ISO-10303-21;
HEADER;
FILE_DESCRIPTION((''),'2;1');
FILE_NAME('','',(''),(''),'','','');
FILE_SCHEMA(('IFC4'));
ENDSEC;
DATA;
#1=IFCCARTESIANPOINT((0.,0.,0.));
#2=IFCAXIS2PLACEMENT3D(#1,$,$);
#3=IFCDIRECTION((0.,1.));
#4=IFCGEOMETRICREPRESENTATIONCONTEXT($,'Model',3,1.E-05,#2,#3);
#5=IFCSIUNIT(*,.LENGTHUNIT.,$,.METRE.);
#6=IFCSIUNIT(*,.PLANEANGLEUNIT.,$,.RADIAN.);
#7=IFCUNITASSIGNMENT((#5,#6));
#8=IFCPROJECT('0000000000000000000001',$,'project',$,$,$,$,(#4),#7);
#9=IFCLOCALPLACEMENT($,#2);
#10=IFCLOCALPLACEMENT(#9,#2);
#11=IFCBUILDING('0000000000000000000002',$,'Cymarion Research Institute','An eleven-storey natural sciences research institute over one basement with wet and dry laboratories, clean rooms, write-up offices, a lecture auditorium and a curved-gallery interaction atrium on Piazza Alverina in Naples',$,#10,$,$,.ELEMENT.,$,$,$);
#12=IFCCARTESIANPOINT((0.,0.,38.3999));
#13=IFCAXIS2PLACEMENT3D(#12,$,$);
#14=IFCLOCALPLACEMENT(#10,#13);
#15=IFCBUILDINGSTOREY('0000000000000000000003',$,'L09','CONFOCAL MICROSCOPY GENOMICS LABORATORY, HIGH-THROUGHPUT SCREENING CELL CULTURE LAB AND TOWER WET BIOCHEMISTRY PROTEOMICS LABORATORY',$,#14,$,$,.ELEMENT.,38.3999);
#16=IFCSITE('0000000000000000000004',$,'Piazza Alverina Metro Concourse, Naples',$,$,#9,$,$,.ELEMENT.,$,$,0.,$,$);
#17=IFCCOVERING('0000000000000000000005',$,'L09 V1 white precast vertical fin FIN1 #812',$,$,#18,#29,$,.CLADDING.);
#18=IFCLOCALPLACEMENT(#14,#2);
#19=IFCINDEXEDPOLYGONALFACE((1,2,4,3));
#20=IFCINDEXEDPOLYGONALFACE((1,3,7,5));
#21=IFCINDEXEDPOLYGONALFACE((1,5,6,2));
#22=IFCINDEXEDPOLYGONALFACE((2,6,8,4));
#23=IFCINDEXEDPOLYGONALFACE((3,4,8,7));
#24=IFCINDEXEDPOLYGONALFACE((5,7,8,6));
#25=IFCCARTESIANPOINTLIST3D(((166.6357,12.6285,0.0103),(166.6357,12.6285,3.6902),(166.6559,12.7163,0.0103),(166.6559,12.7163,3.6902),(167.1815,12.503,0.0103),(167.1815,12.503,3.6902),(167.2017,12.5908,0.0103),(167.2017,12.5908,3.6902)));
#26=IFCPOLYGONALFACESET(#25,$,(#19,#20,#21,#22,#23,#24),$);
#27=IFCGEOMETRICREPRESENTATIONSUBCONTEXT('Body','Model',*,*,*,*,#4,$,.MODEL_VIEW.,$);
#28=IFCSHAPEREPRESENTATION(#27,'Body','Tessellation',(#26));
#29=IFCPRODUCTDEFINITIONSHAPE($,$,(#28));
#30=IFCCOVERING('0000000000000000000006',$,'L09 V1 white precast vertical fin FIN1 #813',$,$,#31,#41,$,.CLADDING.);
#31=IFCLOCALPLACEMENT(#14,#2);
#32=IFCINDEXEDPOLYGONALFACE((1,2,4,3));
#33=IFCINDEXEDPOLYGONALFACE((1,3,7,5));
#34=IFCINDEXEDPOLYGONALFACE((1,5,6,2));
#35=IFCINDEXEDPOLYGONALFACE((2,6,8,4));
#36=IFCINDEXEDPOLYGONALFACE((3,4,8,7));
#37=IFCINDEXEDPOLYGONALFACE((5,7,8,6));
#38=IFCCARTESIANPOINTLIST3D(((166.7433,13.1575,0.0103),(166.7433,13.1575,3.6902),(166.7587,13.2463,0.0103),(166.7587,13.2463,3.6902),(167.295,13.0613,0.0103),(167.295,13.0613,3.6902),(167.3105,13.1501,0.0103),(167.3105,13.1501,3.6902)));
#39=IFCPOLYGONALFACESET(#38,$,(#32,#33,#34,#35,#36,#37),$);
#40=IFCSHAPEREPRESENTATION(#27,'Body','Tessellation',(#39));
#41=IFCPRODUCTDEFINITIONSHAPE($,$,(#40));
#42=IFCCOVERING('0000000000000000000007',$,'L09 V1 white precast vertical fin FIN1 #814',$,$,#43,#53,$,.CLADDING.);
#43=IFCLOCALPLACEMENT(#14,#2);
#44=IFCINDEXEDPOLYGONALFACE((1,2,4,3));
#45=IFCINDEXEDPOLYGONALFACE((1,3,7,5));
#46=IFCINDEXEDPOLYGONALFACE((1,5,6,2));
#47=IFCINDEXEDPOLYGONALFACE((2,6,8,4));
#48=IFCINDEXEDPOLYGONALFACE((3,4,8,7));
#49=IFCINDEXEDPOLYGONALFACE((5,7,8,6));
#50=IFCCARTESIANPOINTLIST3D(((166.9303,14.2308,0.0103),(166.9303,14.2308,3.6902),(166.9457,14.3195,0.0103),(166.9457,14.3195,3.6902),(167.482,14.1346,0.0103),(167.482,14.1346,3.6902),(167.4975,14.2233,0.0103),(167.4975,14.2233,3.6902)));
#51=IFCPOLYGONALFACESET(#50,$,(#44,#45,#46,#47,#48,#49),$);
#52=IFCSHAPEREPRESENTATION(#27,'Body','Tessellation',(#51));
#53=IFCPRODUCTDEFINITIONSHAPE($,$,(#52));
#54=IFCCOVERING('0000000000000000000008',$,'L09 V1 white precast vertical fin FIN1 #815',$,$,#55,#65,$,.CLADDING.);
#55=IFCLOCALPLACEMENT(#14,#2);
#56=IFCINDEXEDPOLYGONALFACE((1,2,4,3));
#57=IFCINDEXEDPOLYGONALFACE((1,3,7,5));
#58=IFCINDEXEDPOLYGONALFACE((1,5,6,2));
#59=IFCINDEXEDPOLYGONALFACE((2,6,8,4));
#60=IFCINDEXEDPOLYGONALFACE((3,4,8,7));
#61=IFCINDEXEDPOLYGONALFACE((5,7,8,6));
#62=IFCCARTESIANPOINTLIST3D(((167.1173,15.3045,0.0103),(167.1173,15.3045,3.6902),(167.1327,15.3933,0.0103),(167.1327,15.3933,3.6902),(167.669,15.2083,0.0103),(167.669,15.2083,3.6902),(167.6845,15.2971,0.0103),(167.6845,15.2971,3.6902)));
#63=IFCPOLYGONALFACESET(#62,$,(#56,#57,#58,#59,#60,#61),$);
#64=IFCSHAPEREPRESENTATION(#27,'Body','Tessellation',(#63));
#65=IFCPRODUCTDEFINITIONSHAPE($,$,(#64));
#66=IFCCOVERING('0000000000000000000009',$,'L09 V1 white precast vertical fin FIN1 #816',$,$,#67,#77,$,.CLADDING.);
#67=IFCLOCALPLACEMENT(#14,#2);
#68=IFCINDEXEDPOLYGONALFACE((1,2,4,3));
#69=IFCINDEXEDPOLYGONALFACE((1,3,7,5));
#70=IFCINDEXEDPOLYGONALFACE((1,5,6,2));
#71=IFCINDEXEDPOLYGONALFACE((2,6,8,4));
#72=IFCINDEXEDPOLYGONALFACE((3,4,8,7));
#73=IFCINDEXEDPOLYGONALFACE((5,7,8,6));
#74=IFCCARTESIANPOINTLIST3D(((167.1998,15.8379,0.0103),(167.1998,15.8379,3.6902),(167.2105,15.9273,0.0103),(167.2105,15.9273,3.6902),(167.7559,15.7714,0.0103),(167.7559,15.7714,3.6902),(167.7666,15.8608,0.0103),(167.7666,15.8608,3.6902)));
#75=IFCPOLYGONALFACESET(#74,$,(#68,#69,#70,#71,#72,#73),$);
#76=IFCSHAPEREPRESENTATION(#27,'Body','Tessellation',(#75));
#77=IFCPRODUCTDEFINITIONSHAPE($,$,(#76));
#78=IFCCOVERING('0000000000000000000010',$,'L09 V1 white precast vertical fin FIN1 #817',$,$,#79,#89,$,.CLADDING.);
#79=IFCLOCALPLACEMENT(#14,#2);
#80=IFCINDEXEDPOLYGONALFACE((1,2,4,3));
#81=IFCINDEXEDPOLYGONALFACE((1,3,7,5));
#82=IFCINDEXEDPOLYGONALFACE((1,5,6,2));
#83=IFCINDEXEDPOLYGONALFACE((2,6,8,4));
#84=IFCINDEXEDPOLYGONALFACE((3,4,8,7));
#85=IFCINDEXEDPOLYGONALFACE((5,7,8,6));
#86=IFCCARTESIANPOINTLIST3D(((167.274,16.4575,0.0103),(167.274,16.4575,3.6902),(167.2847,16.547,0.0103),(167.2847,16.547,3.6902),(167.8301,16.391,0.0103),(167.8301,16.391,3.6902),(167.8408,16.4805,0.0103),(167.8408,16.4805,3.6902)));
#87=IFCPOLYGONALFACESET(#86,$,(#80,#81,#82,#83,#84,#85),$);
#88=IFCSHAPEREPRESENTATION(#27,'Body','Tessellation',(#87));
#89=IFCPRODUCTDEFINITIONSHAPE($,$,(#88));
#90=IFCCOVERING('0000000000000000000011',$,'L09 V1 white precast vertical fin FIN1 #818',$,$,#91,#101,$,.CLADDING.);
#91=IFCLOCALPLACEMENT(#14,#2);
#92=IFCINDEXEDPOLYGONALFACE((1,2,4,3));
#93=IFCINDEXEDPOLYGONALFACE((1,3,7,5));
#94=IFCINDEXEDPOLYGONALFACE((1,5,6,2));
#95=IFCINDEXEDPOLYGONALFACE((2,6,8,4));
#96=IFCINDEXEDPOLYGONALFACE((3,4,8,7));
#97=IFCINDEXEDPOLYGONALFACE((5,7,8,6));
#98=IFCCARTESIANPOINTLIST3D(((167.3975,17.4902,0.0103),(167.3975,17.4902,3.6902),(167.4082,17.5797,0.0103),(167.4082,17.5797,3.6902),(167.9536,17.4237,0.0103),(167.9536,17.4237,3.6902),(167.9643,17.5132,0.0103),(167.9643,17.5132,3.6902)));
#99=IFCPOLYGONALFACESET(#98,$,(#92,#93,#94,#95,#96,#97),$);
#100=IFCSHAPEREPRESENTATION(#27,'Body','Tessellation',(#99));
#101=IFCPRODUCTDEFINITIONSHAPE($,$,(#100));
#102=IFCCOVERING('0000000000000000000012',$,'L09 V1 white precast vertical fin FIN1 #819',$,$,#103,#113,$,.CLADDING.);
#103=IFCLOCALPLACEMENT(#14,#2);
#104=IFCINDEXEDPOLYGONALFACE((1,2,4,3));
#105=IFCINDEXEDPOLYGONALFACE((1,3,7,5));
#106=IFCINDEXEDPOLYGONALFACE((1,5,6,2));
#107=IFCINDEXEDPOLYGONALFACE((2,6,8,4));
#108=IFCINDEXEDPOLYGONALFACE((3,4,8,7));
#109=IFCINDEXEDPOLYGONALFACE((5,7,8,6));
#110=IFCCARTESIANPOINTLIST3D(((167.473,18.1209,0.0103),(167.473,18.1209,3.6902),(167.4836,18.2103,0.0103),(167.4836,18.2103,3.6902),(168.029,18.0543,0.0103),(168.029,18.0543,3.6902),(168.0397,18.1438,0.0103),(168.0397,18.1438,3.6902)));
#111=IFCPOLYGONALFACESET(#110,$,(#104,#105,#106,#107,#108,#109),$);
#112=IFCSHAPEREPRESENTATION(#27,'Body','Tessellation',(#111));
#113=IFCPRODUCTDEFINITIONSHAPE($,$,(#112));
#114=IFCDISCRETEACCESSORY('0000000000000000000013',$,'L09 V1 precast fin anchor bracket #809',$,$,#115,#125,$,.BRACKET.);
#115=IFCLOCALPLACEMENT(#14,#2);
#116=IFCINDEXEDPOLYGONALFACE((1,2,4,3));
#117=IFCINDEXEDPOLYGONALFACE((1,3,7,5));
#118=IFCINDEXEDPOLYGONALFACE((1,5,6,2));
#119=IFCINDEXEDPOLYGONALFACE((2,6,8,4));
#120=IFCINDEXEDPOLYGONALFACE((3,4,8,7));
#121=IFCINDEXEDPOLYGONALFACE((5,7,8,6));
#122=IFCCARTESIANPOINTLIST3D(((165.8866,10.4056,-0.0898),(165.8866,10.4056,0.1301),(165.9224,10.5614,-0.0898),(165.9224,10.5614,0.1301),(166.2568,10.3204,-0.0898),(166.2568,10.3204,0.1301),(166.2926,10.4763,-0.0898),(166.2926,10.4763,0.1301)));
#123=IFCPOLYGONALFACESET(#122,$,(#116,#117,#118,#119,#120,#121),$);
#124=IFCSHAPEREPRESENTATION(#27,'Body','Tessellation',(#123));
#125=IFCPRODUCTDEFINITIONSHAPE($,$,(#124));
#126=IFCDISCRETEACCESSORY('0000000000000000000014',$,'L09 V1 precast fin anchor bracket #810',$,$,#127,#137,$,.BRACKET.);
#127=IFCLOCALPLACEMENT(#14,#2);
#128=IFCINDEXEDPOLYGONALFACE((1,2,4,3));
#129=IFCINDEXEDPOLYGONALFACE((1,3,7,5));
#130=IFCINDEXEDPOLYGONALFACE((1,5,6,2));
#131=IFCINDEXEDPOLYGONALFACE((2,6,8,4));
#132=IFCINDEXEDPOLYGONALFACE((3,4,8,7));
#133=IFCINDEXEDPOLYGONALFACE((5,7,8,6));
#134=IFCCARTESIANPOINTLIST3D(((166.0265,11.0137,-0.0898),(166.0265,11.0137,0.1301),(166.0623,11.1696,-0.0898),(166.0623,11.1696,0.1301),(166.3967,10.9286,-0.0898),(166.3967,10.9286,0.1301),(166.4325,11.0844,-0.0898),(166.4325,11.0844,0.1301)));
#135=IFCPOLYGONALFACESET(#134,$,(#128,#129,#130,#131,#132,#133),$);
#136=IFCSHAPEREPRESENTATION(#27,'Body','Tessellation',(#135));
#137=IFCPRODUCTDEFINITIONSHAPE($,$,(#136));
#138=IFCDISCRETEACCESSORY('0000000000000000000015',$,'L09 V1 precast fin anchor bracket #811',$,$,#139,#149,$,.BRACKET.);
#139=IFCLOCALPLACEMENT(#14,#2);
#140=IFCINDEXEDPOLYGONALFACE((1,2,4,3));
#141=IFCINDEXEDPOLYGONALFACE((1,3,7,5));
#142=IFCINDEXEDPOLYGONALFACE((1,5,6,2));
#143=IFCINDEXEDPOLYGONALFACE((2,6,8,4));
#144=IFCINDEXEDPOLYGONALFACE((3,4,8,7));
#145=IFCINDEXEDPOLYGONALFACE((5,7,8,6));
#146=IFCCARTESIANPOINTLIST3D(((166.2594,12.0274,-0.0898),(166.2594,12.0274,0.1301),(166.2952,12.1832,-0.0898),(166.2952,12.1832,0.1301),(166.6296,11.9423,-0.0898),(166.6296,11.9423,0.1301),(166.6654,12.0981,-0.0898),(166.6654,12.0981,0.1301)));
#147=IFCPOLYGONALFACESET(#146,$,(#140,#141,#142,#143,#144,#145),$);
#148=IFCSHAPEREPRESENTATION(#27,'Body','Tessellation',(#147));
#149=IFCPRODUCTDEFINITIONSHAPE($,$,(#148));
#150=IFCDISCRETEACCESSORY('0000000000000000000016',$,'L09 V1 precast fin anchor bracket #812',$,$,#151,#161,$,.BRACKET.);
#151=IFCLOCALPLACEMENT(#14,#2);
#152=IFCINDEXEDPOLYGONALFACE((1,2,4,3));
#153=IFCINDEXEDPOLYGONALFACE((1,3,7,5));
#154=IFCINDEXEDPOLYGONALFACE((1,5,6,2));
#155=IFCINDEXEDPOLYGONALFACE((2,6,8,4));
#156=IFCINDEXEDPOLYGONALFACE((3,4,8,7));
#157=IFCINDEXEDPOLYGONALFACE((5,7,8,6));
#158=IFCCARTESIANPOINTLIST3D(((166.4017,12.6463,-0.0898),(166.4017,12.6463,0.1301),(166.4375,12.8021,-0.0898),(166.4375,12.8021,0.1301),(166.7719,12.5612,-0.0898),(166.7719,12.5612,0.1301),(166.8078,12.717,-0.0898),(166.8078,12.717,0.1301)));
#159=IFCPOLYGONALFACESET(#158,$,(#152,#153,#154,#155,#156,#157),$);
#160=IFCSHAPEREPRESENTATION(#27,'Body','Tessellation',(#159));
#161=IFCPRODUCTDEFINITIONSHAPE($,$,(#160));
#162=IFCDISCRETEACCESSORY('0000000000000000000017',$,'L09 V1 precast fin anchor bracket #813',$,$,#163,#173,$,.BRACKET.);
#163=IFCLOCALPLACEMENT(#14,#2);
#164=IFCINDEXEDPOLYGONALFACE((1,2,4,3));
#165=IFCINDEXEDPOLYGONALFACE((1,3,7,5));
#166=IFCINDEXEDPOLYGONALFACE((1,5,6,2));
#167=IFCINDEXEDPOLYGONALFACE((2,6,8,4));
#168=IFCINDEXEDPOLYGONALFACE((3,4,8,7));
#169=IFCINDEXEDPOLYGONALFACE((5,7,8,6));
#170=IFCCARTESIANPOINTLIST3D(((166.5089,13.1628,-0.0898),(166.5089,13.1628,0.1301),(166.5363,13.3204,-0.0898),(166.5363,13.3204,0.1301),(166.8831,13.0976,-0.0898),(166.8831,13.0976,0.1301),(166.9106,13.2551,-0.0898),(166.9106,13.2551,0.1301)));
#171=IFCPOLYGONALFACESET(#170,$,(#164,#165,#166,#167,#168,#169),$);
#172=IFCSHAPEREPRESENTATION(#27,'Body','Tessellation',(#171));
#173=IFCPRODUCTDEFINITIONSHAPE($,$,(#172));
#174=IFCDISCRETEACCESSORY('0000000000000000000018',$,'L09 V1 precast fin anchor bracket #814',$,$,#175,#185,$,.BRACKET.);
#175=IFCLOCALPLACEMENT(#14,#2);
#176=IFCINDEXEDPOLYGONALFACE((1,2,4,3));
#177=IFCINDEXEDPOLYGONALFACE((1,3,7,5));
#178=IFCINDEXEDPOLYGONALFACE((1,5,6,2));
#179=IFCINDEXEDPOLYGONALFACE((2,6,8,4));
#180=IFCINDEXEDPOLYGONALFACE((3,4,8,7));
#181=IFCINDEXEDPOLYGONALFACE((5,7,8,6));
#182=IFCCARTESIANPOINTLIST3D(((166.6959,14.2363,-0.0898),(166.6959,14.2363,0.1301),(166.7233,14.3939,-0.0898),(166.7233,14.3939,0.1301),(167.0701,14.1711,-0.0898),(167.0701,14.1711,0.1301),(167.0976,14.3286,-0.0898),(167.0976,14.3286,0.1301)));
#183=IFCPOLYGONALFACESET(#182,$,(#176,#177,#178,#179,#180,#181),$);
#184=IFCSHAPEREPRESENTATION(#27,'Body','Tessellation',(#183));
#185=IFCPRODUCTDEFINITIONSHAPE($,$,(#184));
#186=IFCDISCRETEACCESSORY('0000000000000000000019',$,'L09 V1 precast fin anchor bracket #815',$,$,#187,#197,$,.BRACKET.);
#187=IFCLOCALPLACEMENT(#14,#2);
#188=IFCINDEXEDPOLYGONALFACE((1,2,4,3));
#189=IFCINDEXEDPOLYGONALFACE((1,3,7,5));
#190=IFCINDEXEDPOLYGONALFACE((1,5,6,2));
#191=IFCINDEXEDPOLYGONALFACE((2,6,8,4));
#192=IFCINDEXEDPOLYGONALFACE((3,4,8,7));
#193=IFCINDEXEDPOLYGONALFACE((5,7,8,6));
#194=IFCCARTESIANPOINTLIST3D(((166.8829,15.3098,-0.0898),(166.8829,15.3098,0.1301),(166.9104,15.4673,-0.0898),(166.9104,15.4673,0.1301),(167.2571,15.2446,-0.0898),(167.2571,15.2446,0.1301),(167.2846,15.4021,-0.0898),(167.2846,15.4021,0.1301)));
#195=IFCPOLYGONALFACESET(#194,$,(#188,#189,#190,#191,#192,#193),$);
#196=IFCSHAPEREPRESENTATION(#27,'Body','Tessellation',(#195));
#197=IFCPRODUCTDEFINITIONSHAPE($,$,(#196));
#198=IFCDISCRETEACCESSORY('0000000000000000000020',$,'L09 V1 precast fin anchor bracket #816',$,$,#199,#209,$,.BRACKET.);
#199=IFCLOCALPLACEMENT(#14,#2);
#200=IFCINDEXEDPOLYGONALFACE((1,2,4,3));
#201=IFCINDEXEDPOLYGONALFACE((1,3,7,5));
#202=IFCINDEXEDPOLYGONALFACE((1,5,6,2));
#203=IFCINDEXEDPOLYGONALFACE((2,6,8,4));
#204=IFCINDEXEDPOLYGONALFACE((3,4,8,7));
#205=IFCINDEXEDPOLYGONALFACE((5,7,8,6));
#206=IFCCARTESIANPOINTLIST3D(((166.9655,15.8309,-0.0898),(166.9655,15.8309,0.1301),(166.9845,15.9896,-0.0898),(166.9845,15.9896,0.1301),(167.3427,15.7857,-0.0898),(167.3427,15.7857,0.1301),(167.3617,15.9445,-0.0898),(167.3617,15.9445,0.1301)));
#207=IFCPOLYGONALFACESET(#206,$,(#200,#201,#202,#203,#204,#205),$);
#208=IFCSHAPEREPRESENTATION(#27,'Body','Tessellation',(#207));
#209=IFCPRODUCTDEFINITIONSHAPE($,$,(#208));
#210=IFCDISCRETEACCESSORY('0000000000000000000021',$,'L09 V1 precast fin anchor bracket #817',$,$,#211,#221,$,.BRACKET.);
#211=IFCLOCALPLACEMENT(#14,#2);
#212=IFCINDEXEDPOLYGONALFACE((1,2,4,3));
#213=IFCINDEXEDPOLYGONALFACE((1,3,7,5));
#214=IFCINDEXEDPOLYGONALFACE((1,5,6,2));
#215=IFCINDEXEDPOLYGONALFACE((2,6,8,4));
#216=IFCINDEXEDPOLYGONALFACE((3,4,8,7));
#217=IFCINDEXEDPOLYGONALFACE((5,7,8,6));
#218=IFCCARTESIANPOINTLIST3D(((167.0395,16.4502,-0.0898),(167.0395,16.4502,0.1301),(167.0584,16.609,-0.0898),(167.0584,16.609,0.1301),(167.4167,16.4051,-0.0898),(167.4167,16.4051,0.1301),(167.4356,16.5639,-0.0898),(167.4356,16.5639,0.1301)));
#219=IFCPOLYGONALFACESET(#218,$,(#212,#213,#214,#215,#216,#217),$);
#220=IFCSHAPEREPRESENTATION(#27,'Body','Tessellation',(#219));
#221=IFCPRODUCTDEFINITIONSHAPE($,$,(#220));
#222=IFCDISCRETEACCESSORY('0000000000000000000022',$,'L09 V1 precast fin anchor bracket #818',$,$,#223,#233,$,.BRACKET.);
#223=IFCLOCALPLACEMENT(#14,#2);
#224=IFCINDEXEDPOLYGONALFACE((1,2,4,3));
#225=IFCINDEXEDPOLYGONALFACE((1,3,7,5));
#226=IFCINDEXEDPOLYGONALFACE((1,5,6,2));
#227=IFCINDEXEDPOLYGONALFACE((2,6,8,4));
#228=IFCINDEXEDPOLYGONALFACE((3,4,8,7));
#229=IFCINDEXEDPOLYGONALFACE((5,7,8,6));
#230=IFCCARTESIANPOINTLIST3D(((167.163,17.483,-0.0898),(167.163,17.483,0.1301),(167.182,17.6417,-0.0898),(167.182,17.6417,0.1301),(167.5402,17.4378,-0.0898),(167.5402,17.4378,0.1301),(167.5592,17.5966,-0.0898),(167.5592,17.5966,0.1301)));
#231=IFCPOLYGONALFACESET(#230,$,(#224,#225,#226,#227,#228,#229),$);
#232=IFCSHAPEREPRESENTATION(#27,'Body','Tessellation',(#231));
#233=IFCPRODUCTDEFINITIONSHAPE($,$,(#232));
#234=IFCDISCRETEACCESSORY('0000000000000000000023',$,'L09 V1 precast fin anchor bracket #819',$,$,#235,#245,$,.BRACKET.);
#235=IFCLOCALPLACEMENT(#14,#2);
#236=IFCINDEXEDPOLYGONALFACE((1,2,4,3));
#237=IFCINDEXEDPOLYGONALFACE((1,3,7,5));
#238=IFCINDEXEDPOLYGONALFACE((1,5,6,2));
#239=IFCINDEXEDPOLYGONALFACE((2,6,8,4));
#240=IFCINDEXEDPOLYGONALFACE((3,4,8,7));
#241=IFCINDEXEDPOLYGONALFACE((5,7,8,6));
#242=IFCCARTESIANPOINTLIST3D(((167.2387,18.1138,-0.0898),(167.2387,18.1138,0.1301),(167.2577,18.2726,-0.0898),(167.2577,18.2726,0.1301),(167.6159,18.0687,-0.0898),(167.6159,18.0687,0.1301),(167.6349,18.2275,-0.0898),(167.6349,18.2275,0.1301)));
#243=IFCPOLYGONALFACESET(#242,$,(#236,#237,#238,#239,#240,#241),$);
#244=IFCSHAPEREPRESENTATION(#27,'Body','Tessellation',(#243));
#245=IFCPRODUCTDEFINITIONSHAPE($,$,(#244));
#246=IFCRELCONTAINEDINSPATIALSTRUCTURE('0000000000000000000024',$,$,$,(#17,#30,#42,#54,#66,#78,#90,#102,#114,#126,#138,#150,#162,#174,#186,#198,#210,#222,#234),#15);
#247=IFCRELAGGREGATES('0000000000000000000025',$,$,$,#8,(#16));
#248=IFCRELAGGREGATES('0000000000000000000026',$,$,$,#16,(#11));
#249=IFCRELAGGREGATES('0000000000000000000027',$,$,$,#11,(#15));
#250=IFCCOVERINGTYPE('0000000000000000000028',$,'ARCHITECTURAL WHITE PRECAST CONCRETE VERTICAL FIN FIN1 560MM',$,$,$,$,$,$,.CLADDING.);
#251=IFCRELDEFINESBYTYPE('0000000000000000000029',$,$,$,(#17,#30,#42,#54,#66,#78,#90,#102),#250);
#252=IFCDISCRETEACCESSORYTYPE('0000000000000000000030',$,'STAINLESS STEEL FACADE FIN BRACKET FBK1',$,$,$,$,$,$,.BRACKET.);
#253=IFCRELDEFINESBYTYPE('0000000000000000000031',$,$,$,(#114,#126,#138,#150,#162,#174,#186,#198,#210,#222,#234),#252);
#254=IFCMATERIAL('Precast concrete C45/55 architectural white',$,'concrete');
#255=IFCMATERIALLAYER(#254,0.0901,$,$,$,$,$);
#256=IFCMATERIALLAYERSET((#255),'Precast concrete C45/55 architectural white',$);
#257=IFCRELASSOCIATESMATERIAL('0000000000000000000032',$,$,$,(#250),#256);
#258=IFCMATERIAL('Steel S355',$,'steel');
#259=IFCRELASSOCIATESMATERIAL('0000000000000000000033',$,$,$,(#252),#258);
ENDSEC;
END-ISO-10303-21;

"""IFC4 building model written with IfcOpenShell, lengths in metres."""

from ifc_helpers import new_model, si_unit, direction, frame, origin, origin_2d, place, context, subcontext, project, spatial, rectangle, extrude, material, layer, layer_set, type_object, element, save


model = new_model("IFC4")

# Units and contexts
model_context = context("Model", 3, precision=1e-05, world=origin(), true_north=direction((0.0, 1.0)))
body_context = subcontext(model_context, "Body", "Model", "MODEL_VIEW")
ifc_project = project(units=[si_unit("LENGTHUNIT", "METRE"), si_unit("PLANEANGLEUNIT", "RADIAN")], contexts=[model_context])

# Site, building, storey
site_placement = place(None, origin())
site = spatial("IfcSite", under=ifc_project, at=site_placement, Name="Piazza Alverina Metro Concourse, Naples", CompositionType="ELEMENT", RefElevation=0.0)
building_placement = place(site_placement, origin())
building = spatial("IfcBuilding", under=site, at=building_placement, Name="Cymarion Research Institute", Description="An eleven-storey natural sciences research institute over one basement with wet and dry laboratories, clean rooms, write-up offices, a lecture auditorium and a curved-gallery interaction atrium on Piazza Alverina in Naples", CompositionType="ELEMENT")
storey_placement = place(building_placement, frame((0.0, 0.0, 38.3999)))
storey = spatial("IfcBuildingStorey", under=building, at=storey_placement, Name="L09", Description="CONFOCAL MICROSCOPY GENOMICS LABORATORY, HIGH-THROUGHPUT SCREENING CELL CULTURE LAB AND TOWER WET BIOCHEMISTRY PROTEOMICS LABORATORY", CompositionType="ELEMENT", Elevation=38.3999)

# Shared definitions
ifc_material_1 = material(Name="Steel S355", Category="steel")

# Coverings
ifc_material_2 = material(Name="Precast concrete C45/55 architectural white", Category="concrete")
ifc_layer_1 = layer(ifc_material_2, 0.0901)
ifc_layer_set_1 = layer_set([ifc_layer_1], Name="Precast concrete C45/55 architectural white")
covering_type = type_object("IfcCoveringType", Name="ARCHITECTURAL WHITE PRECAST CONCRETE VERTICAL FIN FIN1 560MM", PredefinedType="CLADDING", material=ifc_layer_set_1)
for number, where, z_axis, x_axis, name in (
    (1, (166.9187, 12.6096, 0.0103), (0.0, 0.0, 1.0), (0.974566, -0.224101, 0.0), "L09 V1 white precast vertical fin FIN1 #812"),
    (2, (167.0269, 13.1538, 0.0103), (0.0, 0.0, 1.0), (0.985139, -0.171757, 0.0), "L09 V1 white precast vertical fin FIN1 #813"),
    (3, (167.2139, 14.2271, 0.0103), (0.0, 0.0, 1.0), (0.985139, -0.171757, 0.0), "L09 V1 white precast vertical fin FIN1 #814"),
    (4, (167.4009, 15.3008, 0.0103), (0.0, 0.0, 1.0), (0.985139, -0.171757, 0.0), "L09 V1 white precast vertical fin FIN1 #815"),
    (5, (167.4832, 15.8494, 0.0103), (0.0, 0.0, 1.0), (0.992924, -0.118751, 0.0), "L09 V1 white precast vertical fin FIN1 #816"),
    (6, (167.5574, 16.469, 0.0103), (0.0, 0.0, 1.0), (0.992924, -0.118751, 0.0), "L09 V1 white precast vertical fin FIN1 #817"),
    (7, (167.6809, 17.5017, 0.0103), (0.0, 0.0, 1.0), (0.992924, -0.118751, 0.0), "L09 V1 white precast vertical fin FIN1 #818"),
    (8, (167.7563, 18.1323, 0.0103), (0.0, 0.0, 1.0), (0.992924, -0.118751, 0.0), "L09 V1 white precast vertical fin FIN1 #819"),
):
    element("IfcCovering", number, at=place(storey_placement, frame(where, z_axis=z_axis, x_axis=x_axis)), inside=storey, type_object=covering_type, Name=name, PredefinedType="CLADDING", context=body_context, shape_type="SweptSolid", body=[
        extrude(rectangle(XDim=0.5601, YDim=0.0901, at=origin_2d()), origin(), (0.0, 0.0, 1.0), 3.6799),
    ])

# Discrete accessories
discrete_accessory_type = type_object("IfcDiscreteAccessoryType", Name="STAINLESS STEEL FACADE FIN BRACKET FBK1", PredefinedType="BRACKET", material=ifc_material_1)
for number, where, z_axis, x_axis, name in (
    (9, (166.0896, 10.4409, -0.0898), (0.0, 0.0, 1.0), (0.974566, -0.224101, 0.0), "L09 V1 precast fin anchor bracket #809"),
    (10, (166.2295, 11.0491, -0.0898), (0.0, 0.0, 1.0), (0.974566, -0.224101, 0.0), "L09 V1 precast fin anchor bracket #810"),
    (11, (166.4624, 12.0627, -0.0898), (0.0, 0.0, 1.0), (0.974566, -0.224101, 0.0), "L09 V1 precast fin anchor bracket #811"),
    (12, (166.6047, 12.6816, -0.0898), (0.0, 0.0, 1.0), (0.974566, -0.224101, 0.0), "L09 V1 precast fin anchor bracket #812"),
    (13, (166.7097, 13.209, -0.0898), (0.0, 0.0, 1.0), (0.985139, -0.171757, 0.0), "L09 V1 precast fin anchor bracket #813"),
    (14, (166.8967, 14.2825, -0.0898), (0.0, 0.0, 1.0), (0.985139, -0.171757, 0.0), "L09 V1 precast fin anchor bracket #814"),
    (15, (167.0837, 15.356, -0.0898), (0.0, 0.0, 1.0), (0.985139, -0.171757, 0.0), "L09 V1 precast fin anchor bracket #815"),
    (16, (167.1636, 15.8877, -0.0898), (0.0, 0.0, 1.0), (0.992924, -0.118751, 0.0), "L09 V1 precast fin anchor bracket #816"),
    (17, (167.2375, 16.5071, -0.0898), (0.0, 0.0, 1.0), (0.992924, -0.118751, 0.0), "L09 V1 precast fin anchor bracket #817"),
    (18, (167.3611, 17.5398, -0.0898), (0.0, 0.0, 1.0), (0.992924, -0.118751, 0.0), "L09 V1 precast fin anchor bracket #818"),
    (19, (167.4368, 18.1707, -0.0898), (0.0, 0.0, 1.0), (0.992924, -0.118751, 0.0), "L09 V1 precast fin anchor bracket #819"),
):
    element("IfcDiscreteAccessory", number, at=place(storey_placement, frame(where, z_axis=z_axis, x_axis=x_axis)), inside=storey, type_object=discrete_accessory_type, Name=name, PredefinedType="BRACKET", context=body_context, shape_type="SweptSolid", body=[
        extrude(rectangle(XDim=0.3799, YDim=0.1599, at=origin_2d()), origin(), (0.0, 0.0, 1.0), 0.22),
    ])

save(model, "model.ifc")
